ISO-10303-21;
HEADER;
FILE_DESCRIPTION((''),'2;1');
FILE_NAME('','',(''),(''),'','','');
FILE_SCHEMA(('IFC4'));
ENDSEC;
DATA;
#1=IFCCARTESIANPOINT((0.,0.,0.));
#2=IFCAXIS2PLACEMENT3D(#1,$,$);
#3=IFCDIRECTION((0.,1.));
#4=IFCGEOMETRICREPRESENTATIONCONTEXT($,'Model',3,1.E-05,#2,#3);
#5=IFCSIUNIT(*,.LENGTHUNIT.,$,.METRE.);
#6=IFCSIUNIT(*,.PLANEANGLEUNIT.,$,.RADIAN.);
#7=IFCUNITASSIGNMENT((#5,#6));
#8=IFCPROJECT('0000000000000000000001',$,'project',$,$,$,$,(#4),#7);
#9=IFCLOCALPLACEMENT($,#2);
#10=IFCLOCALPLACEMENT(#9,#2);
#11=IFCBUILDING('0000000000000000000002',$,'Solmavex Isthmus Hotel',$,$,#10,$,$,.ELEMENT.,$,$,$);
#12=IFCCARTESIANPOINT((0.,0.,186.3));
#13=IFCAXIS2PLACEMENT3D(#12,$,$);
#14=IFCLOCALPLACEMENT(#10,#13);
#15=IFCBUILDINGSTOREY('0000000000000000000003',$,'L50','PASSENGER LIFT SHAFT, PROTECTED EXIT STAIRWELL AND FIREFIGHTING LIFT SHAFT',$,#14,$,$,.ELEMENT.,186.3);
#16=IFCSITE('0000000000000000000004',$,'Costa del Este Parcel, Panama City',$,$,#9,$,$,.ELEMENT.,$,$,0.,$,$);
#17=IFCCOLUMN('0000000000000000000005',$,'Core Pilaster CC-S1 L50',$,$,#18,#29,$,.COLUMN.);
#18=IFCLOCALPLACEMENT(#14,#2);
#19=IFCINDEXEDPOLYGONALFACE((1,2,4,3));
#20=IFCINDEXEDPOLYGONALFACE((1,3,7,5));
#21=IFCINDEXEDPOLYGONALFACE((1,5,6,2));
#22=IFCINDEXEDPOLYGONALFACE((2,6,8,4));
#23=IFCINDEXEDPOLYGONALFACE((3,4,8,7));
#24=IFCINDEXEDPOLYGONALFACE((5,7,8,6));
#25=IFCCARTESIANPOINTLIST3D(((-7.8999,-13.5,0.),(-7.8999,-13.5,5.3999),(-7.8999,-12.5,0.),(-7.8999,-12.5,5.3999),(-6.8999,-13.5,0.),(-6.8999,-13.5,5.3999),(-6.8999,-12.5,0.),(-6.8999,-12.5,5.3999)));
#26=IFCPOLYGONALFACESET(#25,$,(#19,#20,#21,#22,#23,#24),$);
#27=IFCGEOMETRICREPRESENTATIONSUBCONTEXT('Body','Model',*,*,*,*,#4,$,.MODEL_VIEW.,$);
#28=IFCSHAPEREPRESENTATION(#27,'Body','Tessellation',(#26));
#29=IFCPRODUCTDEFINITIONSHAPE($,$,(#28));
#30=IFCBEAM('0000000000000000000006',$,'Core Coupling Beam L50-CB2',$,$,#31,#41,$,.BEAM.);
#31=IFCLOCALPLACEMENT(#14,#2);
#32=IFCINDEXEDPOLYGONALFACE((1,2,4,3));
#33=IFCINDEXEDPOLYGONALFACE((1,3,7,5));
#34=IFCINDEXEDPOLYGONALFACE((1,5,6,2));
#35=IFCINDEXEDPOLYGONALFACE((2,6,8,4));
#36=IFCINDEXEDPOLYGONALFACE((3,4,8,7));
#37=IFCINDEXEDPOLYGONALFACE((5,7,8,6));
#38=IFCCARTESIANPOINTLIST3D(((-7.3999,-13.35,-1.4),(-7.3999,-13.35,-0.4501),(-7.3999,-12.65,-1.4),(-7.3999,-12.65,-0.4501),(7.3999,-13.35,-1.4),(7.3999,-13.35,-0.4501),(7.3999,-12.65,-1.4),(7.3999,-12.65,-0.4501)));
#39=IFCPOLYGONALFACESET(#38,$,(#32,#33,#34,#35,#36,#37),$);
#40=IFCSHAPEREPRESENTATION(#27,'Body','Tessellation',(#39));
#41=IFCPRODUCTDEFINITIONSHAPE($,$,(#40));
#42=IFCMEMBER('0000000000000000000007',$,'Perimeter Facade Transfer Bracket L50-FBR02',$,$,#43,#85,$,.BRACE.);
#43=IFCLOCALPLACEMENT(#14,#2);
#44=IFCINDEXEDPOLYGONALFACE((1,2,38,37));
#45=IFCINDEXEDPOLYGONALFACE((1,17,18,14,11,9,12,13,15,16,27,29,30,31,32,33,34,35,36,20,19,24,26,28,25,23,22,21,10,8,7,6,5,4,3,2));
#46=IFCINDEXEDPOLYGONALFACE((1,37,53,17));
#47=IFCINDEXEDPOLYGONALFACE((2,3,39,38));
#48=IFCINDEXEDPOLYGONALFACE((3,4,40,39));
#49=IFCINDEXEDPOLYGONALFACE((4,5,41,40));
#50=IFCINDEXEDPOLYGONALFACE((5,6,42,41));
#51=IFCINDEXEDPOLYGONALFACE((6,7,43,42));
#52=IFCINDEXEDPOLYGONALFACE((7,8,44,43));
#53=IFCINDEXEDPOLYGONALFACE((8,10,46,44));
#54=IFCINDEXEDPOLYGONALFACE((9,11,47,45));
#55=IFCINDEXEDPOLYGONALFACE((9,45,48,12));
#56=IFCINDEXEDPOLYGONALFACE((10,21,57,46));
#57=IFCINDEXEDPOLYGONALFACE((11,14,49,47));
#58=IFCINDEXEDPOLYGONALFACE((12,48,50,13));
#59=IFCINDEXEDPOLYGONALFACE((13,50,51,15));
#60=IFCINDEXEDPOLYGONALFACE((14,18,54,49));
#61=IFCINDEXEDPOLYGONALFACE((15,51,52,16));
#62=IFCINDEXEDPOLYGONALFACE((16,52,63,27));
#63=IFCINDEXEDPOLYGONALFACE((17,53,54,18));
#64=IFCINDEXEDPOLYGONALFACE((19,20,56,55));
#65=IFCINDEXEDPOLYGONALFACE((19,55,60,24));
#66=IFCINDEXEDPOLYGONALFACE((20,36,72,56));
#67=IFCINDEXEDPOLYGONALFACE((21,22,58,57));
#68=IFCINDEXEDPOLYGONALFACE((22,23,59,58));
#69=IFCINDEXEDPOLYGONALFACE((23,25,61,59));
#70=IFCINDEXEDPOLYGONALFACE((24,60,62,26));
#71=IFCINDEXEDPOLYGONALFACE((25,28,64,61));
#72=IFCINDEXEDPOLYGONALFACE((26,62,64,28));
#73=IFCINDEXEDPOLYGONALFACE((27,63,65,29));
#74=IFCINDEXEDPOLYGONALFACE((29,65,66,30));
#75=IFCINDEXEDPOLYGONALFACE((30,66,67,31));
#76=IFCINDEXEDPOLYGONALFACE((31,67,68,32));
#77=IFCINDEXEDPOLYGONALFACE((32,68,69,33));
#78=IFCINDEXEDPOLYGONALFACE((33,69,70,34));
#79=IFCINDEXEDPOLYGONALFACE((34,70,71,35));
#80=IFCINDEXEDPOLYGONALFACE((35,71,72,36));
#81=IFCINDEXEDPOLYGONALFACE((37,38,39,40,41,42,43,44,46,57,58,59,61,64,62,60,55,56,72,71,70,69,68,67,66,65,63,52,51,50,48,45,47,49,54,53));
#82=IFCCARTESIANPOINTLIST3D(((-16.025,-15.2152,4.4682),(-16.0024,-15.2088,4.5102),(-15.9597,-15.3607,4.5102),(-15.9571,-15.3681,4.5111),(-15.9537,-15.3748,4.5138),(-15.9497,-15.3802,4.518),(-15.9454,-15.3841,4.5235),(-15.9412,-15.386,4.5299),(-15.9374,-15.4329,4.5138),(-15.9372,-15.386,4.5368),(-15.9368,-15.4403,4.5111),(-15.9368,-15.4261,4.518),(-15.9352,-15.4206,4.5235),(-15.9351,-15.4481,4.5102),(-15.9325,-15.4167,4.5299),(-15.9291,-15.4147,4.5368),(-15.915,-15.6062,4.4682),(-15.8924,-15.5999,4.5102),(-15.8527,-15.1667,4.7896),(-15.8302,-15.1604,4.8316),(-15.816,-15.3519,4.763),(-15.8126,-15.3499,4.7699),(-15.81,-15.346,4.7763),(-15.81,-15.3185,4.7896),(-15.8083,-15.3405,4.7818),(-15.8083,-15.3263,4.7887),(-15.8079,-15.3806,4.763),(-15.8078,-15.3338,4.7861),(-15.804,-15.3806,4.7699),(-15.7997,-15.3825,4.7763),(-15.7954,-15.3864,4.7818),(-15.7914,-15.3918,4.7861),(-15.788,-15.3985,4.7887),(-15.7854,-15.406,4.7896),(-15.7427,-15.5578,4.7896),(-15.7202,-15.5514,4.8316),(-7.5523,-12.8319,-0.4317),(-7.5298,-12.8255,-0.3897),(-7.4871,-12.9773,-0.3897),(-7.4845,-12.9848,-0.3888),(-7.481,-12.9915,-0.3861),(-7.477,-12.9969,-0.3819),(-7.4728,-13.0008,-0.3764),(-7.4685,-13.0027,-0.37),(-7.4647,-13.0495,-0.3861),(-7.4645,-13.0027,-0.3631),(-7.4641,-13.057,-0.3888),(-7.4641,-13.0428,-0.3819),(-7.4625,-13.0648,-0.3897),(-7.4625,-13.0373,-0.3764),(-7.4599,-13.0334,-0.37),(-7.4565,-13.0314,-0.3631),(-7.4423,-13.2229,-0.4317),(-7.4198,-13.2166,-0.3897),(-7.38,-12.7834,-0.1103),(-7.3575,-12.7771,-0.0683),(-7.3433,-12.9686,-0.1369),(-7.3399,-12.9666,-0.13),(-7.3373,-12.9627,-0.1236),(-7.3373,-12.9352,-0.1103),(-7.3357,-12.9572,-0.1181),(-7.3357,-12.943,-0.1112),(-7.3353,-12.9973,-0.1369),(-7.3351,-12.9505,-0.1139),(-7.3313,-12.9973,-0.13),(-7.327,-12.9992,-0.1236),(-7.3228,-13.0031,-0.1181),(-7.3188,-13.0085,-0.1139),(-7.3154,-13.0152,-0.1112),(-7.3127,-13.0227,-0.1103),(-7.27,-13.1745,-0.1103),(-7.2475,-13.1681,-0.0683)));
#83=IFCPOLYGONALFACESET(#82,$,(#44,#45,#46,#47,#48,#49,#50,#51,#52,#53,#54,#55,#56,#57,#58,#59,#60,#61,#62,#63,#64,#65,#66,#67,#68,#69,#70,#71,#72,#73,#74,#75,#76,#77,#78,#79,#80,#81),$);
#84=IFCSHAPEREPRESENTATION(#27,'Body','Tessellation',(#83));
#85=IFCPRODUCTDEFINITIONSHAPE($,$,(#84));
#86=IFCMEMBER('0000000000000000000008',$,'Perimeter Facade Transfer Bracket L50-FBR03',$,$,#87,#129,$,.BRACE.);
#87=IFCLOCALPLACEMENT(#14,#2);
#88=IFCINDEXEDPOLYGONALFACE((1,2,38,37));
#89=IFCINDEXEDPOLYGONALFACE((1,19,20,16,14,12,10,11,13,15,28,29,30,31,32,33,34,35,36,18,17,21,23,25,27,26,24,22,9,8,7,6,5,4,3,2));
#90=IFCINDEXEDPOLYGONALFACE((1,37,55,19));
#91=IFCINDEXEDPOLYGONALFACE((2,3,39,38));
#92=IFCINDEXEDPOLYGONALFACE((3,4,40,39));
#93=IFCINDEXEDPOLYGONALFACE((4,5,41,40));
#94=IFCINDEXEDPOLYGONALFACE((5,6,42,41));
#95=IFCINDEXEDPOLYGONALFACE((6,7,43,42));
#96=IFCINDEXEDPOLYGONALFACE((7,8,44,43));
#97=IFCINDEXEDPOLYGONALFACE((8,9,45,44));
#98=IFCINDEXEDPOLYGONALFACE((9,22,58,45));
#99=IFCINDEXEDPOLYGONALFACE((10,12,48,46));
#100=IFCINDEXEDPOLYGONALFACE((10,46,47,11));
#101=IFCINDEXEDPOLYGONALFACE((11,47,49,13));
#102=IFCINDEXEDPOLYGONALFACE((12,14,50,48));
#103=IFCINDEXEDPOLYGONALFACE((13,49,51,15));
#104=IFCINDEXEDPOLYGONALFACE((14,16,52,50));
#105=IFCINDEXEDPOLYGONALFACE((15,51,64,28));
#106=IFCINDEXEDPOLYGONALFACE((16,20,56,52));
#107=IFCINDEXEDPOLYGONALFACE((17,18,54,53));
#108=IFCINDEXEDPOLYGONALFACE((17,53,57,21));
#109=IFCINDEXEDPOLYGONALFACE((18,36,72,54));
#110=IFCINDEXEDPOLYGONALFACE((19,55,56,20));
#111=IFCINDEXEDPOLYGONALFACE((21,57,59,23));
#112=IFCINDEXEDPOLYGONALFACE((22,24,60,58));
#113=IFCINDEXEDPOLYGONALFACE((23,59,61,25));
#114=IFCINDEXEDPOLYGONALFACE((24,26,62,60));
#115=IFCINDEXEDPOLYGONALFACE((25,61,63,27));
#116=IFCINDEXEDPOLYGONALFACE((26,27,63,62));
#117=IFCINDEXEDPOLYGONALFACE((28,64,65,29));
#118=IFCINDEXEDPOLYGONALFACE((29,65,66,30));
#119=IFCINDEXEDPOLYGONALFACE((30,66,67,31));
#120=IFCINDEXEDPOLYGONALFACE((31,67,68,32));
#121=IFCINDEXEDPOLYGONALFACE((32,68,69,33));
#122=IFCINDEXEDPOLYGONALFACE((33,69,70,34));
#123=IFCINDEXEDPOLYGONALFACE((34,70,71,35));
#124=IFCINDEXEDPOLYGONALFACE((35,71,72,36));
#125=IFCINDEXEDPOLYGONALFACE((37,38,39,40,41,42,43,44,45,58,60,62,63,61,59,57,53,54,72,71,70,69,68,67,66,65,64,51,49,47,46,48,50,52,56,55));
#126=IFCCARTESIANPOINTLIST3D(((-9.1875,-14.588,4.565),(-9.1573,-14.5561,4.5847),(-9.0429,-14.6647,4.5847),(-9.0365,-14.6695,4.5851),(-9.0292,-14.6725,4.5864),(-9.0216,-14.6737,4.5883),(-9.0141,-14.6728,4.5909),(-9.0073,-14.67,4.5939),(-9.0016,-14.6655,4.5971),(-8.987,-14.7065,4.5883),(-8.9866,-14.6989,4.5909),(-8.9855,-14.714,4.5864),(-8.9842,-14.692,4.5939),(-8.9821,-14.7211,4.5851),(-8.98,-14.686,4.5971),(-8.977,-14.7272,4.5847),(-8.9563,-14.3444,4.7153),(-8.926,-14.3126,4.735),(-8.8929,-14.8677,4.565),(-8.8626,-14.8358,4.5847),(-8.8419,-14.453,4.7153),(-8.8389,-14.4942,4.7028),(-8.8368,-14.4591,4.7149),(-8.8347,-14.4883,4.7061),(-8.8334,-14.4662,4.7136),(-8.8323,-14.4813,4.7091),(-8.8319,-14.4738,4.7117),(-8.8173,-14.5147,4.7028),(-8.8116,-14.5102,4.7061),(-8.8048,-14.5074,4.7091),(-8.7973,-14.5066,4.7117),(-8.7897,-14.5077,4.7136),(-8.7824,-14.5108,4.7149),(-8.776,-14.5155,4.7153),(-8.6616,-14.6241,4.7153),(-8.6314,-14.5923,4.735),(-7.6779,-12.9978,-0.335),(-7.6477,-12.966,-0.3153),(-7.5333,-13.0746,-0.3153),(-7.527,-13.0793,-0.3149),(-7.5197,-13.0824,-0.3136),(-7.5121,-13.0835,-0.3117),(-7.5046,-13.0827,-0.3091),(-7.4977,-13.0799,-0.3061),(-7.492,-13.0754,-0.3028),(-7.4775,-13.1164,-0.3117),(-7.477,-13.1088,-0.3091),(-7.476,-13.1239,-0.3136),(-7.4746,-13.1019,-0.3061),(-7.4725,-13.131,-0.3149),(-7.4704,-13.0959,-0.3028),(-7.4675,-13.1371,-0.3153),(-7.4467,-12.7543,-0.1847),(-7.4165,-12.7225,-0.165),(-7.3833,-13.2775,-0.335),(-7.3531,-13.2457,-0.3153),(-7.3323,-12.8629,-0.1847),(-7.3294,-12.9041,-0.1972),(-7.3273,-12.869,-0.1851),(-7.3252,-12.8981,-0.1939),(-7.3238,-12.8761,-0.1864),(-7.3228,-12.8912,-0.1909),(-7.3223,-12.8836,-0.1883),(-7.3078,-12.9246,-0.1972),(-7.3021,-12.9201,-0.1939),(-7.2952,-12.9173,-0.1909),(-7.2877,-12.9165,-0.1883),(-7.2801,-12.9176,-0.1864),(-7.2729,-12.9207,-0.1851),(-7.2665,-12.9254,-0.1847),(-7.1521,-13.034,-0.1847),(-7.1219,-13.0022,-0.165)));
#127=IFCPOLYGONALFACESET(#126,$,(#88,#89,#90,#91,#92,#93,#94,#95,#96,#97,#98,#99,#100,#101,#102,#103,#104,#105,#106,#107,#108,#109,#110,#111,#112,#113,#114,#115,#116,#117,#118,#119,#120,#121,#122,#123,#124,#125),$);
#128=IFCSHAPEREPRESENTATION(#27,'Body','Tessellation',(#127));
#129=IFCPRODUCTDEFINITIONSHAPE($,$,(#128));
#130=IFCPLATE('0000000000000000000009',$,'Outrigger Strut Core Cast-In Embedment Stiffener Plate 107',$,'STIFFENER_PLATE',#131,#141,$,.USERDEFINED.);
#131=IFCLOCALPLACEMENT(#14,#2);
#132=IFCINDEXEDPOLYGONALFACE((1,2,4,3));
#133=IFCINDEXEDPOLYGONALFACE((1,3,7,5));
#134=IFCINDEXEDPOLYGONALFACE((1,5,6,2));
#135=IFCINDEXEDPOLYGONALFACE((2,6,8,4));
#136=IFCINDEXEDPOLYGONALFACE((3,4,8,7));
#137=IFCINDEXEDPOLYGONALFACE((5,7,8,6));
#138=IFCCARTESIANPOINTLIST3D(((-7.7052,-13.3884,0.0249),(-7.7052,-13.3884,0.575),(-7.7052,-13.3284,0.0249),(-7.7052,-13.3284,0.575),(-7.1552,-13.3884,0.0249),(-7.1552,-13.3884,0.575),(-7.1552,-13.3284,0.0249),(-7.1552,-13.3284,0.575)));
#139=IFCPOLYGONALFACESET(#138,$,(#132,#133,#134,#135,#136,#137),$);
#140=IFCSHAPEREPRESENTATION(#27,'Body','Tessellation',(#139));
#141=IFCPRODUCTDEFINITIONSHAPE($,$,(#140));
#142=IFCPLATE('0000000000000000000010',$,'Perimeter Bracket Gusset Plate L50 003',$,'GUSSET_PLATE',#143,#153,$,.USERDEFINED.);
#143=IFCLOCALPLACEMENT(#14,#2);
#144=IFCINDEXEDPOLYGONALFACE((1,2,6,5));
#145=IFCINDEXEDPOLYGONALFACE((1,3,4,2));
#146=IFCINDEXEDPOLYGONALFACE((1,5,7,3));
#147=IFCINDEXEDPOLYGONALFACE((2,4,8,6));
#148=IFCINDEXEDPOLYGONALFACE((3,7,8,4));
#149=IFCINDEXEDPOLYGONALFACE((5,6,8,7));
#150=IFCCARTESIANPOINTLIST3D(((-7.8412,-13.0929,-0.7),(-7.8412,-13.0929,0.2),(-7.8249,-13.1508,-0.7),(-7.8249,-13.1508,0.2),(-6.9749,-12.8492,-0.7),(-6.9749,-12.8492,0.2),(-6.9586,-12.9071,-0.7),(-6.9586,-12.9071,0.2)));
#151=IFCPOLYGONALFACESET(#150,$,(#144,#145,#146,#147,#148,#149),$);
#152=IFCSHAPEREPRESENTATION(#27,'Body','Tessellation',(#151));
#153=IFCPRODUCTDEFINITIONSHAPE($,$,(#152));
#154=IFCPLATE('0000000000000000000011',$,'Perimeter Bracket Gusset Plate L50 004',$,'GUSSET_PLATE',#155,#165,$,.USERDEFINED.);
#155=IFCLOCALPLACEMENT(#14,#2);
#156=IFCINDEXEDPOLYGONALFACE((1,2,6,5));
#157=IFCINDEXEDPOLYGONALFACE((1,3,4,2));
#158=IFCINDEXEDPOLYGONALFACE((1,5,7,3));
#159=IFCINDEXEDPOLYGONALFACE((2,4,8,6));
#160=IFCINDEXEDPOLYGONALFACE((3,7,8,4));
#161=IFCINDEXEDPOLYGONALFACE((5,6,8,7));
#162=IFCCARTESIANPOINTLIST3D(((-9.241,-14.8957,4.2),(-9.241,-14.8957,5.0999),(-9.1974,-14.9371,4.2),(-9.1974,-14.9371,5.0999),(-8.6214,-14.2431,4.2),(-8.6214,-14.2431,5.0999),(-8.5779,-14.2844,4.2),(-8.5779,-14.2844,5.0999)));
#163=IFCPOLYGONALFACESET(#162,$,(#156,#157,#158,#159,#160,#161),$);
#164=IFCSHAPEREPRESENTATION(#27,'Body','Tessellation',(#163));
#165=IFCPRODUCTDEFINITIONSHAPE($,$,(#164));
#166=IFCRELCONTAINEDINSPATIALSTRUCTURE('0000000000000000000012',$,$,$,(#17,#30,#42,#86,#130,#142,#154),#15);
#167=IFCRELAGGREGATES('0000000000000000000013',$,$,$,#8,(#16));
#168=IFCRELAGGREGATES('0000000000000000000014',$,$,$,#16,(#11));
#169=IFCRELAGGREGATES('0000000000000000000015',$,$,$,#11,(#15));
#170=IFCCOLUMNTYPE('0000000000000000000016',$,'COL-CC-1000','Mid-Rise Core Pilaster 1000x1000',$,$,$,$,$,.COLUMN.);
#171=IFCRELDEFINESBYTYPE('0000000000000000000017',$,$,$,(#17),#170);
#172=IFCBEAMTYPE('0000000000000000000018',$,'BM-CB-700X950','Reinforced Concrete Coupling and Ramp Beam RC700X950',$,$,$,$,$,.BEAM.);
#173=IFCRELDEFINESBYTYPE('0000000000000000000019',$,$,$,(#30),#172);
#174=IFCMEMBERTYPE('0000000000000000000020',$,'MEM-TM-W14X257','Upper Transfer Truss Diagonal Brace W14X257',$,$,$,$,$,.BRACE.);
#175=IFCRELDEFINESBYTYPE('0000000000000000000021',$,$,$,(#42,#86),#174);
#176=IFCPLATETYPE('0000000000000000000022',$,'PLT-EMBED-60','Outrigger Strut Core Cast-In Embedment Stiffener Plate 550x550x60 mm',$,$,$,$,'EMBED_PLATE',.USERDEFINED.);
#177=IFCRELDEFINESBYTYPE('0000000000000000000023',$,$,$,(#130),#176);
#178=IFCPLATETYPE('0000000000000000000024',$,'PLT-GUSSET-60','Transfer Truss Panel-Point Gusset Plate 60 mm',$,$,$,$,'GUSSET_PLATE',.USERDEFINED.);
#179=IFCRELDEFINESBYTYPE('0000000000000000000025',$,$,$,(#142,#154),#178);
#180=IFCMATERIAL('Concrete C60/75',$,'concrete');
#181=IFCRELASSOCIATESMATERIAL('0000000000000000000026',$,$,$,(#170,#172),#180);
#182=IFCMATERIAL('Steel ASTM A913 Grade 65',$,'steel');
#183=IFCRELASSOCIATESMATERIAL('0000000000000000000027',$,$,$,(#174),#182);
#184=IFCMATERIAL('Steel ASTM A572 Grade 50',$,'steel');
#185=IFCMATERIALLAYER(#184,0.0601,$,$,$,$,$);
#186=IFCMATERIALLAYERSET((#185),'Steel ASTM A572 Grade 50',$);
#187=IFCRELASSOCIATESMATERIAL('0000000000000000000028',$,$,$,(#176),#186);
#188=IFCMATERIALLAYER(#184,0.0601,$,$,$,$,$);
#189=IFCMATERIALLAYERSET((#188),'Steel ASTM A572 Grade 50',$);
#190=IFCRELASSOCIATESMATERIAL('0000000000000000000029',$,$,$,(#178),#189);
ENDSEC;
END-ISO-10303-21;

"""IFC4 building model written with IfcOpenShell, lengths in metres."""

from ifc_helpers import new_model, si_unit, direction, frame, origin, origin_2d, place, context, subcontext, project, spatial, rectangle, i_section, extrude, material, layer, layer_set, material_profile, profile_set, type_object, element, save


model = new_model("IFC4")

# Units and contexts
model_context = context("Model", 3, precision=1e-05, world=origin(), true_north=direction((0.0, 1.0)))
body_context = subcontext(model_context, "Body", "Model", "MODEL_VIEW")
ifc_project = project(units=[si_unit("LENGTHUNIT", "METRE"), si_unit("PLANEANGLEUNIT", "RADIAN")], contexts=[model_context])

# Site, building, storey
site_placement = place(None, origin())
site = spatial("IfcSite", under=ifc_project, at=site_placement, Name="Costa del Este Parcel, Panama City", CompositionType="ELEMENT", RefElevation=0.0)
building_placement = place(site_placement, origin())
building = spatial("IfcBuilding", under=site, at=building_placement, Name="Solmavex Isthmus Hotel", CompositionType="ELEMENT")
storey_placement = place(building_placement, frame((0.0, 0.0, 186.3)))
storey = spatial("IfcBuildingStorey", under=building, at=storey_placement, Name="L50", Description="PASSENGER LIFT SHAFT, PROTECTED EXIT STAIRWELL AND FIREFIGHTING LIFT SHAFT", CompositionType="ELEMENT", Elevation=186.3)

# Column
ifc_material_1 = material(Name="Concrete C60/75", Category="concrete")
ifc_material_profile_1 = material_profile(ifc_material_1, rectangle(XDim=1.0, YDim=1.0, at=origin_2d()), Name="RC1000X1000")
ifc_profile_set_1 = profile_set([ifc_material_profile_1], Name="Concrete C60/75")
column_type = type_object("IfcColumnType", Name="COL-CC-1000", Description="Mid-Rise Core Pilaster 1000x1000", PredefinedType="COLUMN", material=ifc_profile_set_1)
column_placement = place(storey_placement, frame((-7.3999, -13.0, 0.0), z_axis=(0.0, 0.0, 1.0), x_axis=(1.0, 0.0, 0.0)))
element("IfcColumn", 1, at=column_placement, inside=storey, type_object=column_type, Name="Core Pilaster CC-S1 L50", PredefinedType="COLUMN", context=body_context, shape_type="SweptSolid", body=[
    extrude(rectangle(XDim=1.0, YDim=1.0, at=origin_2d()), origin(), (0.0, 0.0, 1.0), 5.3999),
])

# Beam
ifc_material_profile_2 = material_profile(ifc_material_1, rectangle(XDim=0.7, YDim=0.95, at=origin_2d()), Name="RC700X950")
ifc_profile_set_2 = profile_set([ifc_material_profile_2], Name="Concrete C60/75")
beam_type = type_object("IfcBeamType", Name="BM-CB-700X950", Description="Reinforced Concrete Coupling and Ramp Beam RC700X950", PredefinedType="BEAM", material=ifc_profile_set_2)
beam_placement = place(storey_placement, frame((-7.3999, -13.0, -0.925), z_axis=(1.0, 0.0, 0.0), x_axis=(0.0, 1.0, 0.0)))
element("IfcBeam", 2, at=beam_placement, inside=storey, type_object=beam_type, Name="Core Coupling Beam L50-CB2", PredefinedType="BEAM", context=body_context, shape_type="SweptSolid", body=[
    extrude(rectangle(XDim=0.7, YDim=0.95, at=origin_2d()), origin(), (0.0, 0.0, 1.0), 14.7998),
])

# Members
ifc_material_2 = material(Name="Steel ASTM A913 Grade 65", Category="steel")
ifc_material_profile_3 = material_profile(ifc_material_2, i_section(OverallWidth=0.4062, OverallDepth=0.416, WebThickness=0.0298, FlangeThickness=0.0481, FilletRadius=0.0305, at=origin_2d()), Name="W14X257")
ifc_profile_set_3 = profile_set([ifc_material_profile_3], Name="Steel ASTM A913 Grade 65")
member_type = type_object("IfcMemberType", Name="MEM-TM-W14X257", Description="Upper Transfer Truss Diagonal Brace W14X257", PredefinedType="BRACE", material=ifc_profile_set_3)
member_1_placement = place(storey_placement, frame((-7.3999, -13.0, -0.25), z_axis=(-0.841085, -0.236592, 0.486416), x_axis=(0.270784, -0.96264, 0.0)))
element("IfcMember", 3, at=member_1_placement, inside=storey, type_object=member_type, Name="Perimeter Facade Transfer Bracket L50-FBR02", PredefinedType="BRACE", context=body_context, shape_type="SweptSolid", body=[
    extrude(i_section(OverallWidth=0.4062, OverallDepth=0.416, WebThickness=0.0298, FlangeThickness=0.0481, FilletRadius=0.0305, at=origin_2d()), origin(), (0.0, 0.0, 1.0), 10.0735),
])
member_2_placement = place(storey_placement, frame((-7.3999, -13.0, -0.25), z_axis=(-0.281204, -0.296213, 0.912788), x_axis=(0.725241, -0.688495, 0.0)))
element("IfcMember", 4, at=member_2_placement, inside=storey, type_object=member_type, Name="Perimeter Facade Transfer Bracket L50-FBR03", PredefinedType="BRACE", context=body_context, shape_type="SweptSolid", body=[
    extrude(i_section(OverallWidth=0.4062, OverallDepth=0.416, WebThickness=0.0298, FlangeThickness=0.0481, FilletRadius=0.0305, at=origin_2d()), origin(), (0.0, 0.0, 1.0), 5.3682),
])

# Plates
ifc_material_3 = material(Name="Steel ASTM A572 Grade 50", Category="steel")
ifc_layer_1 = layer(ifc_material_3, 0.0601)
ifc_layer_set_1 = layer_set([ifc_layer_1], Name="Steel ASTM A572 Grade 50")
plate_type_1 = type_object("IfcPlateType", Name="PLT-EMBED-60", Description="Outrigger Strut Core Cast-In Embedment Stiffener Plate 550x550x60 mm", ElementType="EMBED_PLATE", PredefinedType="USERDEFINED", material=ifc_layer_set_1)
plate_placement = place(storey_placement, frame((-7.4302, -13.3584, 0.0249), z_axis=(0.0, 0.0, 1.0), x_axis=(1.0, 0.0, 0.0)))
element("IfcPlate", 5, at=plate_placement, inside=storey, type_object=plate_type_1, Name="Outrigger Strut Core Cast-In Embedment Stiffener Plate 107", ObjectType="STIFFENER_PLATE", PredefinedType="USERDEFINED", context=body_context, shape_type="SweptSolid", body=[
    extrude(rectangle(XDim=0.55, YDim=0.0601, at=origin_2d()), origin(), (0.0, 0.0, 1.0), 0.55),
])
ifc_layer_2 = layer(ifc_material_3, 0.0601)
ifc_layer_set_2 = layer_set([ifc_layer_2], Name="Steel ASTM A572 Grade 50")
plate_type_2 = type_object("IfcPlateType", Name="PLT-GUSSET-60", Description="Transfer Truss Panel-Point Gusset Plate 60 mm", ElementType="GUSSET_PLATE", PredefinedType="USERDEFINED", material=ifc_layer_set_2)
for number, where, z_axis, x_axis, name in (
    (6, (-7.3999, -13.0, -0.7), (0.0, 0.0, 1.0), (-0.962635, -0.270802, 0.0), "Perimeter Bracket Gusset Plate L50 003"),
    (7, (-8.9094, -14.5901, 4.2), (0.0, 0.0, 1.0), (-0.688506, -0.72523, 0.0), "Perimeter Bracket Gusset Plate L50 004"),
):
    element("IfcPlate", number, at=place(storey_placement, frame(where, z_axis=z_axis, x_axis=x_axis)), inside=storey, type_object=plate_type_2, Name=name, ObjectType="GUSSET_PLATE", PredefinedType="USERDEFINED", context=body_context, shape_type="SweptSolid", body=[
        extrude(rectangle(XDim=0.8999, YDim=0.0601, at=origin_2d()), origin(), (0.0, 0.0, 1.0), 0.8999),
    ])

save(model, "model.ifc")
